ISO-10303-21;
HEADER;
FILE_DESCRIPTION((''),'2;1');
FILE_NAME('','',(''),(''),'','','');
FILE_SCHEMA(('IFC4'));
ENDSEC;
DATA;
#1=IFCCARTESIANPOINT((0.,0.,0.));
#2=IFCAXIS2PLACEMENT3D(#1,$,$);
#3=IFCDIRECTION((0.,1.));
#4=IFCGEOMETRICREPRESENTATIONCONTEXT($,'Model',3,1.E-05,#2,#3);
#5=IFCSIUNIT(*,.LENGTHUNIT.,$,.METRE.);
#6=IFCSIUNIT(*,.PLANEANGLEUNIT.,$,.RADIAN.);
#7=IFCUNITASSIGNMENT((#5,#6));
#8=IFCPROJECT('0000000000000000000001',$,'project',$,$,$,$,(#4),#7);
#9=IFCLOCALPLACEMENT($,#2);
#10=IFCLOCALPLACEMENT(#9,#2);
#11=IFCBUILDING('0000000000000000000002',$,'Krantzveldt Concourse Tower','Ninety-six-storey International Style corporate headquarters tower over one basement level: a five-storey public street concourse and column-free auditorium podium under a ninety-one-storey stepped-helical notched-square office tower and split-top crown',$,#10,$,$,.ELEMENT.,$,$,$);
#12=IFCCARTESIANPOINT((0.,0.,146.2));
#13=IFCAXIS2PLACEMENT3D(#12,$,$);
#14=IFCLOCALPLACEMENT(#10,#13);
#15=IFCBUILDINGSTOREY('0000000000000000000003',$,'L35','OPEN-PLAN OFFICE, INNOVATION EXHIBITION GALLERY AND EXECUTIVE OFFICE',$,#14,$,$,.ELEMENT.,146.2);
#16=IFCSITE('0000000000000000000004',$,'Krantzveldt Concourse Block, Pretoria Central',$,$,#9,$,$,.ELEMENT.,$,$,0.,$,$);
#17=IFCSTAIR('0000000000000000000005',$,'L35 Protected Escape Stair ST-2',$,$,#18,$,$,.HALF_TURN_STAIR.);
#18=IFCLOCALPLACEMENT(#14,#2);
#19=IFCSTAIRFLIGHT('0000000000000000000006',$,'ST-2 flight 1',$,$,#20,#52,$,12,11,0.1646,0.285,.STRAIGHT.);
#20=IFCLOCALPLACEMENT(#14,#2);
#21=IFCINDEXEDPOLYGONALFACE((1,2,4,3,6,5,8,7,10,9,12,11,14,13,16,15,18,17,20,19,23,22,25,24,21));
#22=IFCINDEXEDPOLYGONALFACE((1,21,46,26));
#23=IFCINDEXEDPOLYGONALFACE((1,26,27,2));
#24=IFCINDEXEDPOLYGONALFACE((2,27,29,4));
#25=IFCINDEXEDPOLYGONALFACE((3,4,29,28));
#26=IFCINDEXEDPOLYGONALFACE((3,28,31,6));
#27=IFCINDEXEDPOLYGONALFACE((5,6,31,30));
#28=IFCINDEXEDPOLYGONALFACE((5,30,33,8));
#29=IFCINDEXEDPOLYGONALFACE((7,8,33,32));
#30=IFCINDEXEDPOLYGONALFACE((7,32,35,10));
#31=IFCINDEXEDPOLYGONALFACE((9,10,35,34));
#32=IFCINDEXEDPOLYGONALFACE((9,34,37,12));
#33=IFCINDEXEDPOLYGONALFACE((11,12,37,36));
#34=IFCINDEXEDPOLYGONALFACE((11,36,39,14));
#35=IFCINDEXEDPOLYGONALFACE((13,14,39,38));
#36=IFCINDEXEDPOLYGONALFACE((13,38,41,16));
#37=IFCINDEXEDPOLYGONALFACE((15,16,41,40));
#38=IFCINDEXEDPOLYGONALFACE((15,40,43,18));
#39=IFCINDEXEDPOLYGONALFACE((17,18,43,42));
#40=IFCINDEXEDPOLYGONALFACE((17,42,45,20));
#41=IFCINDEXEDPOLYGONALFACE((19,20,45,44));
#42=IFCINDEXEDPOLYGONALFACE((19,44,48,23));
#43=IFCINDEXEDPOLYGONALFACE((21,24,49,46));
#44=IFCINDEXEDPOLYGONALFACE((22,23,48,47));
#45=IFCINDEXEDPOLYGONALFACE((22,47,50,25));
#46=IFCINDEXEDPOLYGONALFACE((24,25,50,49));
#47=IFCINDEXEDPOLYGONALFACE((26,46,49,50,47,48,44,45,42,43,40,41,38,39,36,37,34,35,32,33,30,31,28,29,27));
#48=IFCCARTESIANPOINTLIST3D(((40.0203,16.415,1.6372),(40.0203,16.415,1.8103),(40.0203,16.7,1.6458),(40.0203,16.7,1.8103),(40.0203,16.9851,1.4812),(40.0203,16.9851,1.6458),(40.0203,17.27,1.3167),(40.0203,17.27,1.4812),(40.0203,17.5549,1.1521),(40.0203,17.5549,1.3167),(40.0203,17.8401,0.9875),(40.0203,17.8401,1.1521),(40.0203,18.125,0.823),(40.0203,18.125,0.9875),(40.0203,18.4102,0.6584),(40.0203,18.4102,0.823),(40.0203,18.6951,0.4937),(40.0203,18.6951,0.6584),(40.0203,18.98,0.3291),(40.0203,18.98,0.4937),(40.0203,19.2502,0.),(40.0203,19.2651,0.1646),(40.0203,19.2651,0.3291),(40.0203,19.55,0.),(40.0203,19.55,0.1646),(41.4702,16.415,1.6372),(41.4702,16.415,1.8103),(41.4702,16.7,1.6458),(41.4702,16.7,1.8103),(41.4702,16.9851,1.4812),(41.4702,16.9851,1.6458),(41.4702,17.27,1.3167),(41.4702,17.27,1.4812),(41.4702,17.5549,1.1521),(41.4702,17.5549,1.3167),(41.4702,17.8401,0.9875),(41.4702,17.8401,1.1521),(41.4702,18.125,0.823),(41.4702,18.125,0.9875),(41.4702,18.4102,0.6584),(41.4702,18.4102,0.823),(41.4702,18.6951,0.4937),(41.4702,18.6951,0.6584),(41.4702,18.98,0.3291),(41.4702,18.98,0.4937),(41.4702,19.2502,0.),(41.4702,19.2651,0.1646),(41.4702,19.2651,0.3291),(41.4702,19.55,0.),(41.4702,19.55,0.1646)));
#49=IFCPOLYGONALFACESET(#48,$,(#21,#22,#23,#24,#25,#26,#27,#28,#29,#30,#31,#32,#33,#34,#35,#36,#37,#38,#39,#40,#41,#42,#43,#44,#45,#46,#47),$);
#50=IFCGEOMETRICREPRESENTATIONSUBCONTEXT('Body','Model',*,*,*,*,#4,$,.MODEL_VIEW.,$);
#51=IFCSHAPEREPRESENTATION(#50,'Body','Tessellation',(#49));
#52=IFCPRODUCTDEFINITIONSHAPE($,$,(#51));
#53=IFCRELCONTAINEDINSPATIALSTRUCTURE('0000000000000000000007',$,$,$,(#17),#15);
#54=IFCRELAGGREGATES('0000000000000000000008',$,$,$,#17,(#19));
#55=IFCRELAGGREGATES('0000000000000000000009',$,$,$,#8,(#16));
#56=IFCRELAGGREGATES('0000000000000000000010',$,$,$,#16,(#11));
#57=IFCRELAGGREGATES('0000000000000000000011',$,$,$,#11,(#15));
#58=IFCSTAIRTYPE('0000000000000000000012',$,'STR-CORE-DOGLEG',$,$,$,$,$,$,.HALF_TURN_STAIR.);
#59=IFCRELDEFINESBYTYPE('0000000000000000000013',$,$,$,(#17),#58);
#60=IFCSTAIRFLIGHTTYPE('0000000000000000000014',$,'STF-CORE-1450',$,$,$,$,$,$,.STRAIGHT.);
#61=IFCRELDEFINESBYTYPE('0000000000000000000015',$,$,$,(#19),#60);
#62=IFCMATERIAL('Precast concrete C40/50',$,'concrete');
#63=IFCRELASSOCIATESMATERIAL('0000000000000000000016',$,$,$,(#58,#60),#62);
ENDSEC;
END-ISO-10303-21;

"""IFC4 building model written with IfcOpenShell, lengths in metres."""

from ifc_helpers import new_model, si_unit, direction, frame, origin, place, context, subcontext, project, spatial, polyline, outline, extrude, material, type_object, element, aggregate, save


model = new_model("IFC4")

# Units and contexts
model_context = context("Model", 3, precision=1e-05, world=origin(), true_north=direction((0.0, 1.0)))
body_context = subcontext(model_context, "Body", "Model", "MODEL_VIEW")
ifc_project = project(units=[si_unit("LENGTHUNIT", "METRE"), si_unit("PLANEANGLEUNIT", "RADIAN")], contexts=[model_context])

# Site, building, storey
site_placement = place(None, origin())
site = spatial("IfcSite", under=ifc_project, at=site_placement, Name="Krantzveldt Concourse Block, Pretoria Central", CompositionType="ELEMENT", RefElevation=0.0)
building_placement = place(site_placement, origin())
building = spatial("IfcBuilding", under=site, at=building_placement, Name="Krantzveldt Concourse Tower", Description="Ninety-six-storey International Style corporate headquarters tower over one basement level: a five-storey public street concourse and column-free auditorium podium under a ninety-one-storey stepped-helical notched-square office tower and split-top crown", CompositionType="ELEMENT")
storey_placement = place(building_placement, frame((0.0, 0.0, 146.2)))
storey = spatial("IfcBuildingStorey", under=building, at=storey_placement, Name="L35", Description="OPEN-PLAN OFFICE, INNOVATION EXHIBITION GALLERY AND EXECUTIVE OFFICE", CompositionType="ELEMENT", Elevation=146.2)

# Stair, stair flight
ifc_material_1 = material(Name="Precast concrete C40/50", Category="concrete")
stair_type = type_object("IfcStairType", Name="STR-CORE-DOGLEG", PredefinedType="HALF_TURN_STAIR", material=ifc_material_1)
stair_placement = place(storey_placement, origin())
stair = element("IfcStair", 1, at=stair_placement, inside=storey, type_object=stair_type, Name="L35 Protected Escape Stair ST-2", PredefinedType="HALF_TURN_STAIR")
stair_flight_type = type_object("IfcStairFlightType", Name="STF-CORE-1450", PredefinedType="STRAIGHT", material=ifc_material_1)
stair_flight_placement = place(storey_placement, frame((40.7451, 19.55, 0.0), z_axis=(0.0, 0.0, 1.0), x_axis=(0.0, -1.0, 0.0)))
stair_flight = element("IfcStairFlight", 2, at=stair_flight_placement, type_object=stair_flight_type, Name="ST-2 flight 1", NumberOfRisers=12, NumberOfTreads=11, PredefinedType="STRAIGHT", RiserHeight=0.1646, TreadLength=0.285, context=body_context, shape_type="SweptSolid", body=[
    extrude(outline(polyline([(0.0, 0.0), (0.0, 0.1646), (0.2849, 0.1646), (0.2849, 0.3291), (0.5701, 0.3291), (0.5701, 0.4937), (0.855, 0.4937), (0.855, 0.6584), (1.1399, 0.6584), (1.1399, 0.823), (1.425, 0.823), (1.425, 0.9875), (1.71, 0.9875), (1.71, 1.1521), (1.9951, 1.1521), (1.9951, 1.3167), (2.28, 1.3167), (2.28, 1.4812), (2.5649, 1.4812), (2.5649, 1.6458), (2.8501, 1.6458), (2.8501, 1.8103), (3.135, 1.8103), (3.135, 1.9751), (3.135, 1.6372), (0.2998, 0.0), (0.0, 0.0)])), frame((0.0, 0.7251, 0.0), z_axis=(0.0, -1.0, 0.0), x_axis=(1.0, 0.0, 0.0)), (0.0, 0.0, 1.0), 1.45),
])
aggregate(stair, [stair_flight])

save(model, "model.ifc")
